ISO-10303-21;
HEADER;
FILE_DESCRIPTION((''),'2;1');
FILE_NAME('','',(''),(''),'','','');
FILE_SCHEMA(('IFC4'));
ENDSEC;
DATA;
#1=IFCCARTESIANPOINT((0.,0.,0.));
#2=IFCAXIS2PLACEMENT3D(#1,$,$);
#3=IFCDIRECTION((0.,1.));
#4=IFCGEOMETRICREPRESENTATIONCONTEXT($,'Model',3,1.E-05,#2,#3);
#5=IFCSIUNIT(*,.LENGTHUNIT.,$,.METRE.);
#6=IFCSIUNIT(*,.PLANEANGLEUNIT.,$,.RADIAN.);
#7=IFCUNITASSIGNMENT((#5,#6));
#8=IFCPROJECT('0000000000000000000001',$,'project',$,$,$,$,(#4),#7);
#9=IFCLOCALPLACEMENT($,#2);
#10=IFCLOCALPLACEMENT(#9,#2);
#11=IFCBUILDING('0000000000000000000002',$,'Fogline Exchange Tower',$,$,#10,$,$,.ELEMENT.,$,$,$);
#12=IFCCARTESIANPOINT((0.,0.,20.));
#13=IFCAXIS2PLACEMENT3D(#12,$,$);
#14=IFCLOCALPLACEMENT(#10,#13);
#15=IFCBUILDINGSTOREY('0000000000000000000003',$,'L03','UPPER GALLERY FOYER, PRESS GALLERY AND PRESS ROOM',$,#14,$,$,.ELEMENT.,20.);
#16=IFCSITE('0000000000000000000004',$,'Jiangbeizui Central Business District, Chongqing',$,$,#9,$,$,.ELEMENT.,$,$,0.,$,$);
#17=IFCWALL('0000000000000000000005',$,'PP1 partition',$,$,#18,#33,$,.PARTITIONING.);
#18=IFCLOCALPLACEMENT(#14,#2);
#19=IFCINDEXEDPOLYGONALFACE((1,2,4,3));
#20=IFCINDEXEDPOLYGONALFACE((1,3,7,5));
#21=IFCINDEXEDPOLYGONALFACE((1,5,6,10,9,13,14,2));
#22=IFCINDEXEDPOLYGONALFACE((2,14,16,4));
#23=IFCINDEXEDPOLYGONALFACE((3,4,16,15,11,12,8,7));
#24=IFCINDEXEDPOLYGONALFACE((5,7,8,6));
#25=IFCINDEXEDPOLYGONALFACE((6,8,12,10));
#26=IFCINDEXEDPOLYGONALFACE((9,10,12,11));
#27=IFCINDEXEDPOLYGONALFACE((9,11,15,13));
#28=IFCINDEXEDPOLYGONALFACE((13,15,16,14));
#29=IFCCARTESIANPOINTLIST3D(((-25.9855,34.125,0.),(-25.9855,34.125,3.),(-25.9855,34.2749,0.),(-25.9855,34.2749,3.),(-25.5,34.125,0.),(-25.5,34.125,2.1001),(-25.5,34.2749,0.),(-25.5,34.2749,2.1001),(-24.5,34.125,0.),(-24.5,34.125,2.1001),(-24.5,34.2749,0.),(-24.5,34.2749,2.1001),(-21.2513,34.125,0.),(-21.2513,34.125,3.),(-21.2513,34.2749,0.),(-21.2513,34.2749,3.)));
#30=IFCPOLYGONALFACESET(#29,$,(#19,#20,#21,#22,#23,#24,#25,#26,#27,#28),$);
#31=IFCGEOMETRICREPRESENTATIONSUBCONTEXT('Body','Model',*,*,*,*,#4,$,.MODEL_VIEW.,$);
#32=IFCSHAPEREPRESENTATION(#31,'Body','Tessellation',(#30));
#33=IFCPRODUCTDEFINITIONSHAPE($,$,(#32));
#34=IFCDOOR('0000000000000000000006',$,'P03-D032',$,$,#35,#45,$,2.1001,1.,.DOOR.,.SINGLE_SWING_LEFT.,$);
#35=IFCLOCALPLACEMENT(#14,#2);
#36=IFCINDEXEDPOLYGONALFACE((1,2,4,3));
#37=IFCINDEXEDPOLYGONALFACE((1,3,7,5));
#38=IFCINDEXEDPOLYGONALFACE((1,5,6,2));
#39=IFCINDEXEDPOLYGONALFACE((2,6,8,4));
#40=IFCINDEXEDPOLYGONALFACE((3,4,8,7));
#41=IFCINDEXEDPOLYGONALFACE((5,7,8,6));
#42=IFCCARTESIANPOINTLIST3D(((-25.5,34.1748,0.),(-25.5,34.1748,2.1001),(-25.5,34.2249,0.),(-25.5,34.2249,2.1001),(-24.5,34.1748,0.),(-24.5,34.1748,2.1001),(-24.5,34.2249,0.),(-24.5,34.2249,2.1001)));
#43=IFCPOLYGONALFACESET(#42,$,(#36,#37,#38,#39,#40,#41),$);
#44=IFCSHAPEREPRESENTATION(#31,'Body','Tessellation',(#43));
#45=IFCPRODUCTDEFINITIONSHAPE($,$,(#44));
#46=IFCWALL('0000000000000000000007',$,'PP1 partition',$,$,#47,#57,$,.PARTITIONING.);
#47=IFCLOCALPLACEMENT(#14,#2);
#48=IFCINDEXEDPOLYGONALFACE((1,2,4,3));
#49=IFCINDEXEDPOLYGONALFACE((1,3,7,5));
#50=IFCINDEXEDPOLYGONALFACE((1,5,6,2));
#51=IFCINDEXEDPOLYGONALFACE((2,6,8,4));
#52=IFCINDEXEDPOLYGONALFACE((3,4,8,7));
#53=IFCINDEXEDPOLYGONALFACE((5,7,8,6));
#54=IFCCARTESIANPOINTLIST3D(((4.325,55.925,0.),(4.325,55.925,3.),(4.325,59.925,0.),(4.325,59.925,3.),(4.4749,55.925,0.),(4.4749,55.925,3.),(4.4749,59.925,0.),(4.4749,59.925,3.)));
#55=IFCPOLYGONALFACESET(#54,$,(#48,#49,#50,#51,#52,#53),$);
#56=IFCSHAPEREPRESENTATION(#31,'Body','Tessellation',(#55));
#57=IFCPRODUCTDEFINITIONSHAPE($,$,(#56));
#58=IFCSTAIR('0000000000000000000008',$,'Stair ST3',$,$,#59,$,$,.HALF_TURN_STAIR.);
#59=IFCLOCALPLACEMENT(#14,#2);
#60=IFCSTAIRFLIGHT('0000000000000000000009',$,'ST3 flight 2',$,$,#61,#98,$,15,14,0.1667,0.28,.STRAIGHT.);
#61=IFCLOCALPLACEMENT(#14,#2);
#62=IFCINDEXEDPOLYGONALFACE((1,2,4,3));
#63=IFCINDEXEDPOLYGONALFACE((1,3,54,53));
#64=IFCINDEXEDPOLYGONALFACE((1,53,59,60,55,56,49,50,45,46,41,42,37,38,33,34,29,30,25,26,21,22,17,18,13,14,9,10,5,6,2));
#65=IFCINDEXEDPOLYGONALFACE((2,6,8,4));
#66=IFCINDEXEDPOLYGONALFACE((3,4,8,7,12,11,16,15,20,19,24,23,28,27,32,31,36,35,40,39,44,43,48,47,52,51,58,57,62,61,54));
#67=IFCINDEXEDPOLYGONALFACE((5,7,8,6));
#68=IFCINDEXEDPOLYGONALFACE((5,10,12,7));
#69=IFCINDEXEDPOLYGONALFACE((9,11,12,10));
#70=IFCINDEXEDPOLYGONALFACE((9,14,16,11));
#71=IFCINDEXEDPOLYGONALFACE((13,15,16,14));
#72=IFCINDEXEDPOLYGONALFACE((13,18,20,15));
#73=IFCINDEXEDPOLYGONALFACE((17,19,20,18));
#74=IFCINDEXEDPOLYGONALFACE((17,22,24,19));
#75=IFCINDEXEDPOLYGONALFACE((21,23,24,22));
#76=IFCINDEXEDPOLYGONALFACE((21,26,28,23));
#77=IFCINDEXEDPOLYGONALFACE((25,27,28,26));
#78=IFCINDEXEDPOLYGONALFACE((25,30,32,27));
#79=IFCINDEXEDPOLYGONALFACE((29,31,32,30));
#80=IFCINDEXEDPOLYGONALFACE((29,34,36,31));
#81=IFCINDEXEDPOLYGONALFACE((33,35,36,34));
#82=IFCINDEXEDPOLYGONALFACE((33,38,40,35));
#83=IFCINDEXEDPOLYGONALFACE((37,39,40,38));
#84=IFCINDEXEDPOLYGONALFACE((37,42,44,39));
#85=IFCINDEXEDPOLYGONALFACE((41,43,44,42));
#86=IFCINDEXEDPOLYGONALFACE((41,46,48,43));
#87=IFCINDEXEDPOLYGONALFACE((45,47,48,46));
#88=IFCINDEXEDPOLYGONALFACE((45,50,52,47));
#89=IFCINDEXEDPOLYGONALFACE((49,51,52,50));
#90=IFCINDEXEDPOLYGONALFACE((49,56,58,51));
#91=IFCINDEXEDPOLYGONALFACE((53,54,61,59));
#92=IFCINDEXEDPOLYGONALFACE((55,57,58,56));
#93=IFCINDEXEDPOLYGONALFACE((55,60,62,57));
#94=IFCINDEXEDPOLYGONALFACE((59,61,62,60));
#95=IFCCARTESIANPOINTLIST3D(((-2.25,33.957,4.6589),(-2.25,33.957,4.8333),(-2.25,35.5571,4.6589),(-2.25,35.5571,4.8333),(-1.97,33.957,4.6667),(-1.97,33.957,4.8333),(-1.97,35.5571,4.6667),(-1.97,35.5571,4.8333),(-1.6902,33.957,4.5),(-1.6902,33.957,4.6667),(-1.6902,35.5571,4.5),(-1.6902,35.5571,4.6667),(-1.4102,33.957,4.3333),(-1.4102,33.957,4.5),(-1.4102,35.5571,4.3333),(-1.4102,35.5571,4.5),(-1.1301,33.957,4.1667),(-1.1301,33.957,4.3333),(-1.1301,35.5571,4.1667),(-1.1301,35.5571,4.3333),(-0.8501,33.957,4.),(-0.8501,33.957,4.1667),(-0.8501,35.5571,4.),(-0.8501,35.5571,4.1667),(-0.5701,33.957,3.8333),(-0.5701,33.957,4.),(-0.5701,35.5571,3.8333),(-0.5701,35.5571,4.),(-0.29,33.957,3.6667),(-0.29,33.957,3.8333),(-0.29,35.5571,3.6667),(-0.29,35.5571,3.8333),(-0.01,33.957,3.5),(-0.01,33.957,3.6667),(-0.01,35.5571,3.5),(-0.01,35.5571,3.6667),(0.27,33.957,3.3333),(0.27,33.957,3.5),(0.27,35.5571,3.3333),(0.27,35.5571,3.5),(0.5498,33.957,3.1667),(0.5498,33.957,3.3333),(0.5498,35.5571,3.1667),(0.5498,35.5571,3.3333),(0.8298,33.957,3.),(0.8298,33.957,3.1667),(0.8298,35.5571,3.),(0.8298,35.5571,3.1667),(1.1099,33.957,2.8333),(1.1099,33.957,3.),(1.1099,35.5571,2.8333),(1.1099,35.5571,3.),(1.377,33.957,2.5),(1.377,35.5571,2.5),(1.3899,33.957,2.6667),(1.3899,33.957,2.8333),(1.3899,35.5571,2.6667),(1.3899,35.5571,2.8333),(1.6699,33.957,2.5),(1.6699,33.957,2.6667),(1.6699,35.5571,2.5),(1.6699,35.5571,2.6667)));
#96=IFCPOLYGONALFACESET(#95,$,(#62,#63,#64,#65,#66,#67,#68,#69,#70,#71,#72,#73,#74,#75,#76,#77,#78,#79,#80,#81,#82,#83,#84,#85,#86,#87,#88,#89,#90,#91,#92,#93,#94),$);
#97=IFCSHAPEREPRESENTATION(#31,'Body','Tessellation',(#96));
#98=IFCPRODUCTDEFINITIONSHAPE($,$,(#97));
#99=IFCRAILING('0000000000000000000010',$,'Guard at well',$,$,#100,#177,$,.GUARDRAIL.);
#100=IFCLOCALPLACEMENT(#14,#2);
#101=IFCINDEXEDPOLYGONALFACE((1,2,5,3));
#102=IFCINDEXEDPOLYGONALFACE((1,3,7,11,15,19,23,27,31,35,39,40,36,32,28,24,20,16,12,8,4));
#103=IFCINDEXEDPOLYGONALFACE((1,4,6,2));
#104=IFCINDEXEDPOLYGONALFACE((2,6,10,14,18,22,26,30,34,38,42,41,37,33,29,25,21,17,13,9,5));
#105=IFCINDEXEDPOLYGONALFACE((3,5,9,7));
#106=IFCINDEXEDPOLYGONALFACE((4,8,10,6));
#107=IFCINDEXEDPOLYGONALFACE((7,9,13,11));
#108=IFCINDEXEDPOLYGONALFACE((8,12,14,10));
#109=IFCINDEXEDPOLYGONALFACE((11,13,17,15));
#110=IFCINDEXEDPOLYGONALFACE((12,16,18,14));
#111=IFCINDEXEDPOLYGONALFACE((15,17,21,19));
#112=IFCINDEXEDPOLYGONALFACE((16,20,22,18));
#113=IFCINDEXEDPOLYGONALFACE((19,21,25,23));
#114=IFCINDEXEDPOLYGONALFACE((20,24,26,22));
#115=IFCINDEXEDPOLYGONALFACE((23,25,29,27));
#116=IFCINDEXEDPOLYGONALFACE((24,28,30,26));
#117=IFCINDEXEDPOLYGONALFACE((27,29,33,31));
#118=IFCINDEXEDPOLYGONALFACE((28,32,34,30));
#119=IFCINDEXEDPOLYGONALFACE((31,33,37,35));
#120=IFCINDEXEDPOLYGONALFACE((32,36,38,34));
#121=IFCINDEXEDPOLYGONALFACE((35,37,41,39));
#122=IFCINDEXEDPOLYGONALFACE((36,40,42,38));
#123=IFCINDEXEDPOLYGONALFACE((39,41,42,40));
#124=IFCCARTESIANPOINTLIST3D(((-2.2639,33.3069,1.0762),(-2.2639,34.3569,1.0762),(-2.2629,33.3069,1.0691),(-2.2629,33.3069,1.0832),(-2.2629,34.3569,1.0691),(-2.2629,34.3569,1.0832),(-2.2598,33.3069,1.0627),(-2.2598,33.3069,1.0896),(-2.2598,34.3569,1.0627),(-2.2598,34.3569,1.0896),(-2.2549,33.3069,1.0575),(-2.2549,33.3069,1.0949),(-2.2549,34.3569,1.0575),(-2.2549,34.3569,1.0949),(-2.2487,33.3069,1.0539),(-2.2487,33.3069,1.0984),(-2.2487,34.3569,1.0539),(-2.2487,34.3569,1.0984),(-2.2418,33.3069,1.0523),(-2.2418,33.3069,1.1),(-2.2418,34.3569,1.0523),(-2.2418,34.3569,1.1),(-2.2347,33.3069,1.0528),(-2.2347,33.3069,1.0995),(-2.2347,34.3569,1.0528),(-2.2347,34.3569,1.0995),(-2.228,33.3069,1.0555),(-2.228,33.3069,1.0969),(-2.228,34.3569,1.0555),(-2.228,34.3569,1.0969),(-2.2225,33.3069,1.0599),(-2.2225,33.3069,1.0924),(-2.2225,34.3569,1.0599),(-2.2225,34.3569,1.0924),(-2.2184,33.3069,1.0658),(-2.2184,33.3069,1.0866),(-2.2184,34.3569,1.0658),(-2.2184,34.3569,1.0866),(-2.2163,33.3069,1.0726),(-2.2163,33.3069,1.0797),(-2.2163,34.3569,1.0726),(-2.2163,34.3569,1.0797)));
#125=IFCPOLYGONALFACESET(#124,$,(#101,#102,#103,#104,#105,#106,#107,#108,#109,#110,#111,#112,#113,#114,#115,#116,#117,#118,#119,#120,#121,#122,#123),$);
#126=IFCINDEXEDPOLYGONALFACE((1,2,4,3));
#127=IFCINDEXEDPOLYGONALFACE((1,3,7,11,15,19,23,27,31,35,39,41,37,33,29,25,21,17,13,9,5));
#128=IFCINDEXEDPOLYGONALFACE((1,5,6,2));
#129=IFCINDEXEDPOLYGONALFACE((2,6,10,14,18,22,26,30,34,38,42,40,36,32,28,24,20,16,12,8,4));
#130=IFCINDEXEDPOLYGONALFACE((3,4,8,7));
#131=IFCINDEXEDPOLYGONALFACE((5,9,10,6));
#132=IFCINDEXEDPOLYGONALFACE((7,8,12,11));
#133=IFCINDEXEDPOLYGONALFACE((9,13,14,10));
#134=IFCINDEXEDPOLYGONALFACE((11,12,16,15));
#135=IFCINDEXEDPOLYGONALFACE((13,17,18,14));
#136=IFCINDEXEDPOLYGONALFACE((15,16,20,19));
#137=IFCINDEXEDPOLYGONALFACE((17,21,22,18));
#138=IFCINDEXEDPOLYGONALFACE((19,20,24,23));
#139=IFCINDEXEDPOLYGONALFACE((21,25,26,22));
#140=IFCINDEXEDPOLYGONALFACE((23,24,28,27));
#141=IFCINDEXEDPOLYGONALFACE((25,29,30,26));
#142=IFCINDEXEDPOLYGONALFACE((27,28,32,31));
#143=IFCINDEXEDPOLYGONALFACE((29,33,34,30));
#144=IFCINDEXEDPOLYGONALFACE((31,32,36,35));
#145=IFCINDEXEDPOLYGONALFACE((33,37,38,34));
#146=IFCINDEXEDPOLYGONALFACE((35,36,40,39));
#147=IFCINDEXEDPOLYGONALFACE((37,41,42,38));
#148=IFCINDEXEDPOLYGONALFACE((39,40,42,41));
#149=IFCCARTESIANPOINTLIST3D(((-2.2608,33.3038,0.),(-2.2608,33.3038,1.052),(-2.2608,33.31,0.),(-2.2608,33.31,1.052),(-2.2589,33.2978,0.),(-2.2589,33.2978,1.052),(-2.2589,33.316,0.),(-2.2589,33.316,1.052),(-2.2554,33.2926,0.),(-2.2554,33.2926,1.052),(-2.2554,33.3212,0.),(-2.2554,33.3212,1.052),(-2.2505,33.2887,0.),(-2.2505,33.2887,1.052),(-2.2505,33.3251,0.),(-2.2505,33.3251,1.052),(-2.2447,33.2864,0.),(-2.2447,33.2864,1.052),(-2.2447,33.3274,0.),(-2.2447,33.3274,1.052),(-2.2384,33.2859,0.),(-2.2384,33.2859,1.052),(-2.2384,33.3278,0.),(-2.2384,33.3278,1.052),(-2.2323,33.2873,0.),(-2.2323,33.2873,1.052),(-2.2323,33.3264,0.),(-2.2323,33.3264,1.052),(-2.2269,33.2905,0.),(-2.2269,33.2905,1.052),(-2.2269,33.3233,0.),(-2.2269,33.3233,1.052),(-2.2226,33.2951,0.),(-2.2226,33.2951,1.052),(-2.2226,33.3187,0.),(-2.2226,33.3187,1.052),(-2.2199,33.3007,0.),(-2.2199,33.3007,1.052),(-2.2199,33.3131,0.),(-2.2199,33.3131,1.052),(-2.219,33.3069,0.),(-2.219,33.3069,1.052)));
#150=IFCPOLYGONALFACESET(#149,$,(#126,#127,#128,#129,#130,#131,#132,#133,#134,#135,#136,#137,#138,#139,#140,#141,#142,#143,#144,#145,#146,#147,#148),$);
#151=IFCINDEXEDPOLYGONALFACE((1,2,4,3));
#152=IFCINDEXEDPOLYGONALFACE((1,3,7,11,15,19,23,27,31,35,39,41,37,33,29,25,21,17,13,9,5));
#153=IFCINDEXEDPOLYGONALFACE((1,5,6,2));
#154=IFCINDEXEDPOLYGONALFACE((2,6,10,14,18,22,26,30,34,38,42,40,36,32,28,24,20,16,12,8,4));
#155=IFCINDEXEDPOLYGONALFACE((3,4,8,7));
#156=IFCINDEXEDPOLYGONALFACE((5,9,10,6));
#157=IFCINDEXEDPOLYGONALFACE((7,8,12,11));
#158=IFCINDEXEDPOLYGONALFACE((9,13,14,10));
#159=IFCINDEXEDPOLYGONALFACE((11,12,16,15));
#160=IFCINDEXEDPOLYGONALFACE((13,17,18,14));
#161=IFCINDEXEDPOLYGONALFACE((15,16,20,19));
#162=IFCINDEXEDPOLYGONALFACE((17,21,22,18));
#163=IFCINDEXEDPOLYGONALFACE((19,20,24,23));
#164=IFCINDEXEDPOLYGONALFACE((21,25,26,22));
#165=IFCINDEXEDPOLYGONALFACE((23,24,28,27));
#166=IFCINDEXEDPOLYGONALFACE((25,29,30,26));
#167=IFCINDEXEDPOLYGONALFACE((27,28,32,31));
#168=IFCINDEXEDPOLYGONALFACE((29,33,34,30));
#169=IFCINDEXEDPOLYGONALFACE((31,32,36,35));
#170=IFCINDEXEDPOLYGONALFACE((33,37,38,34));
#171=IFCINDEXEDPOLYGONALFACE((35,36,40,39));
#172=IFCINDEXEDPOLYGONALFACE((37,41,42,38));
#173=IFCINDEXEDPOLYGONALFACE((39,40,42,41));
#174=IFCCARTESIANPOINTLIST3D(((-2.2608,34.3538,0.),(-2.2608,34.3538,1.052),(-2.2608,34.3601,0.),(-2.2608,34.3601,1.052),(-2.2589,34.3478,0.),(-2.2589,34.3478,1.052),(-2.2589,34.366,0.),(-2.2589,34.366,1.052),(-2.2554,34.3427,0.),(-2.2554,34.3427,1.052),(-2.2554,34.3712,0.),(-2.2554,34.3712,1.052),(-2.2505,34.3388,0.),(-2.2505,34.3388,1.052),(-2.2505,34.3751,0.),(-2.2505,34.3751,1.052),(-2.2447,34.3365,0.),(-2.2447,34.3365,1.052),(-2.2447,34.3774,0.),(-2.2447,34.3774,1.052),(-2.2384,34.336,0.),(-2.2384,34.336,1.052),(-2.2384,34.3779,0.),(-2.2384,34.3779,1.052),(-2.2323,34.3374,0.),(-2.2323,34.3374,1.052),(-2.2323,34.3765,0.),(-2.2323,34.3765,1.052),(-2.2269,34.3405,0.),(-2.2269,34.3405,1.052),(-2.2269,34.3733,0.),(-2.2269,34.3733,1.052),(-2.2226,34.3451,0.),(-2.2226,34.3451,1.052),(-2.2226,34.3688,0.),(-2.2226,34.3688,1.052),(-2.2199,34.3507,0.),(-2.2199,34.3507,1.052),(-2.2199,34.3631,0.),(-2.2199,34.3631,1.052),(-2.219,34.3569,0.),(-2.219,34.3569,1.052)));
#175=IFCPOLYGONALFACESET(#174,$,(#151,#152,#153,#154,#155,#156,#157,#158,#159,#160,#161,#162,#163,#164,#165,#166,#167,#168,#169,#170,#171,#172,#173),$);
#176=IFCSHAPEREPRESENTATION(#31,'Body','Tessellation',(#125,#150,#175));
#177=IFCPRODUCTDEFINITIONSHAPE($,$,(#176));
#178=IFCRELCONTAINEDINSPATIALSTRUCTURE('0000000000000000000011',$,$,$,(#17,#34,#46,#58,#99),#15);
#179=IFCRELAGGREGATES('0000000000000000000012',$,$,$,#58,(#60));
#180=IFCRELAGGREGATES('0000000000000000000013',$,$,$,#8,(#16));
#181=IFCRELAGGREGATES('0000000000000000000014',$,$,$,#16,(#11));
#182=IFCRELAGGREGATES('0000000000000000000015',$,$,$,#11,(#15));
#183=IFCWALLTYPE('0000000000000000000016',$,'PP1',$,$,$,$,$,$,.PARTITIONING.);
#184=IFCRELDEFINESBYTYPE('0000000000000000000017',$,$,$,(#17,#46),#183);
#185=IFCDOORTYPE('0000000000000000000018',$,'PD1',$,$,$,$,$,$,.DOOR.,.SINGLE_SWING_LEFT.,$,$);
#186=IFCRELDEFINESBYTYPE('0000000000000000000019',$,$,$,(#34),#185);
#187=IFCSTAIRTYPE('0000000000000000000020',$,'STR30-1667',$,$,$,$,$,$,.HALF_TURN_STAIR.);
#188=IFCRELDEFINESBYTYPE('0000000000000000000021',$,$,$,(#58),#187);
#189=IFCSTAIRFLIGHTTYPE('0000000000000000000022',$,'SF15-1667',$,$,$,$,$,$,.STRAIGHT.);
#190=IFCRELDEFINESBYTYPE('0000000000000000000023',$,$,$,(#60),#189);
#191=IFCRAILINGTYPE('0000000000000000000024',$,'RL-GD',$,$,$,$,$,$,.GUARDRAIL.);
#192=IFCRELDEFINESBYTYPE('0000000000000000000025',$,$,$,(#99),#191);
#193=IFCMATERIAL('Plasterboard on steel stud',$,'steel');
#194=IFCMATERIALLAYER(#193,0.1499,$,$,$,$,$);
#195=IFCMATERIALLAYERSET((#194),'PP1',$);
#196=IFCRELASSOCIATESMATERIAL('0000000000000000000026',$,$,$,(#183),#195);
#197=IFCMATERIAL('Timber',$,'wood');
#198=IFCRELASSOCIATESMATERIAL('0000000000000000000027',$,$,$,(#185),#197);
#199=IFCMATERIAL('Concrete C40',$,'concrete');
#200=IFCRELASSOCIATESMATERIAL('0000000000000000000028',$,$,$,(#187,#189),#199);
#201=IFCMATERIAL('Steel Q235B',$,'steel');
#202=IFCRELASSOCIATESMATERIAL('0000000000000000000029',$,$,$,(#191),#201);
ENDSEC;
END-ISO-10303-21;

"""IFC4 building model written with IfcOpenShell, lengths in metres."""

from ifc_helpers import new_model, si_unit, direction, frame, frame_2d, origin, origin_2d, place, context, subcontext, project, spatial, polyline, rectangle, circle, outline, extrude, material, layer, layer_set, type_object, element, fill, aggregate, save


model = new_model("IFC4")

# Units and contexts
model_context = context("Model", 3, precision=1e-05, world=origin(), true_north=direction((0.0, 1.0)))
body_context = subcontext(model_context, "Body", "Model", "MODEL_VIEW")
ifc_project = project(units=[si_unit("LENGTHUNIT", "METRE"), si_unit("PLANEANGLEUNIT", "RADIAN")], contexts=[model_context])

# Site, building, storey
site_placement = place(None, origin())
site = spatial("IfcSite", under=ifc_project, at=site_placement, Name="Jiangbeizui Central Business District, Chongqing", CompositionType="ELEMENT", RefElevation=0.0)
building_placement = place(site_placement, origin())
building = spatial("IfcBuilding", under=site, at=building_placement, Name="Fogline Exchange Tower", CompositionType="ELEMENT")
storey_placement = place(building_placement, frame((0.0, 0.0, 20.0)))
storey = spatial("IfcBuildingStorey", under=building, at=storey_placement, Name="L03", Description="UPPER GALLERY FOYER, PRESS GALLERY AND PRESS ROOM", CompositionType="ELEMENT", Elevation=20.0)

# Shared definitions
ifc_material_1 = material(Name="Concrete C40", Category="concrete")

# Wall, opening, door
ifc_material_2 = material(Name="Plasterboard on steel stud", Category="steel")
ifc_layer_1 = layer(ifc_material_2, 0.1499)
ifc_layer_set_1 = layer_set([ifc_layer_1], Name="PP1")
wall_type_1 = type_object("IfcWallType", Name="PP1", PredefinedType="PARTITIONING", material=ifc_layer_set_1)
wall_1_placement = place(storey_placement, frame((-25.9856, 34.2, 0.0), z_axis=(0.0, 0.0, 1.0), x_axis=(1.0, 0.0, 0.0)))
wall_1 = element("IfcWall", 1, at=wall_1_placement, inside=storey, type_object=wall_type_1, Name="PP1 partition", PredefinedType="PARTITIONING", context=body_context, shape_type="SweptSolid", body=[
    extrude(rectangle(XDim=4.7341, YDim=0.1499, at=frame_2d((2.3672, 0.0))), origin(), (0.0, 0.0, 1.0), 3.0),
])
opening_1_placement = place(wall_1_placement, frame((0.4856, 0.0, 0.0)))
opening_1 = element("IfcOpeningElement", 2, at=opening_1_placement, cuts=wall_1, PredefinedType="OPENING", context=body_context, shape_type="SweptSolid", body=[
    extrude(rectangle(XDim=1.0, YDim=2.1001, at=frame_2d((0.5, 1.05))), frame((0.0, 0.085, 0.0), z_axis=(0.0, -1.0, 0.0), x_axis=(1.0, 0.0, 0.0)), (0.0, 0.0, 1.0), 0.1699),
])
ifc_material_3 = material(Name="Timber", Category="wood")
door_type_1 = type_object("IfcDoorType", Name="PD1", OperationType="SINGLE_SWING_LEFT", PredefinedType="DOOR", material=ifc_material_3)
door_1_placement = place(opening_1_placement, origin())
door_1 = element("IfcDoor", 3, at=door_1_placement, inside=storey, type_object=door_type_1, Name="P03-D032", OperationType="SINGLE_SWING_LEFT", OverallHeight=2.1001, OverallWidth=1.0, PredefinedType="DOOR", context=body_context, shape_type="SweptSolid", body=[
    extrude(rectangle(XDim=1.0, YDim=2.1001, at=frame_2d((0.5, 1.05))), frame((0.0, 0.0249, 0.0), z_axis=(0.0, -1.0, 0.0), x_axis=(1.0, 0.0, 0.0)), (0.0, 0.0, 1.0), 0.05),
])
fill(opening_1, door_1)
ifc_material_4 = material(Name="Steel Q235B", Category="steel")

# Wall
wall_2_placement = place(storey_placement, frame((4.3999, 55.925, 0.0), z_axis=(0.0, 0.0, 1.0), x_axis=(0.0, 1.0, 0.0)))
element("IfcWall", 4, at=wall_2_placement, inside=storey, type_object=wall_type_1, Name="PP1 partition", PredefinedType="PARTITIONING", context=body_context, shape_type="SweptSolid", body=[
    extrude(rectangle(XDim=4.0, YDim=0.1499, at=frame_2d((2.0, 0.0))), origin(), (0.0, 0.0, 1.0), 3.0),
])

# Stair, stair flight
stair_type = type_object("IfcStairType", Name="STR30-1667", PredefinedType="HALF_TURN_STAIR", material=ifc_material_1)
stair_placement = place(storey_placement, origin())
stair = element("IfcStair", 5, at=stair_placement, inside=storey, type_object=stair_type, Name="Stair ST3", PredefinedType="HALF_TURN_STAIR")
stair_flight_type = type_object("IfcStairFlightType", Name="SF15-1667", PredefinedType="STRAIGHT", material=ifc_material_1)
stair_flight_placement = place(storey_placement, frame((1.6699, 34.7571, 2.5), z_axis=(0.0, 0.0, 1.0), x_axis=(-1.0, 0.0, 0.0)))
stair_flight = element("IfcStairFlight", 6, at=stair_flight_placement, type_object=stair_flight_type, Name="ST3 flight 2", NumberOfRisers=15, NumberOfTreads=14, PredefinedType="STRAIGHT", RiserHeight=0.1667, TreadLength=0.28, context=body_context, shape_type="SweptSolid", body=[
    extrude(outline(polyline([(0.0, 0.0), (0.0, 0.1667), (0.28, 0.1667), (0.28, 0.3333), (0.5601, 0.3333), (0.5601, 0.5), (0.8401, 0.5), (0.8401, 0.6667), (1.1201, 0.6667), (1.1201, 0.8333), (1.3999, 0.8333), (1.3999, 1.0), (1.6799, 1.0), (1.6799, 1.1667), (1.96, 1.1667), (1.96, 1.3333), (2.24, 1.3333), (2.24, 1.5), (2.52, 1.5), (2.52, 1.6667), (2.8, 1.6667), (2.8, 1.8333), (3.0801, 1.8333), (3.0801, 2.0), (3.3601, 2.0), (3.3601, 2.1667), (3.6399, 2.1667), (3.6399, 2.3333), (3.9199, 2.3333), (3.9199, 2.5), (3.9199, 2.1589), (0.293, 0.0), (0.0, 0.0)])), frame((0.0, 0.8, 0.0), z_axis=(0.0, -1.0, 0.0), x_axis=(1.0, 0.0, 0.0)), (0.0, 0.0, 1.0), 1.6001),
])
aggregate(stair, [stair_flight])

# Railing
railing_type_1 = type_object("IfcRailingType", Name="RL-GD", PredefinedType="GUARDRAIL", material=ifc_material_4)
railing_1_placement = place(storey_placement, frame((-2.24, 33.3069, 0.0)))
element("IfcRailing", 7, at=railing_1_placement, inside=storey, type_object=railing_type_1, Name="Guard at well", PredefinedType="GUARDRAIL", context=body_context, shape_type="SweptSolid", body=[
    extrude(circle(Radius=0.0239, at=origin_2d()), frame((0.0, 0.0, 1.0762), z_axis=(0.0, 1.0, 0.0), x_axis=(-1.0, 0.0, 0.0)), (0.0, 0.0, 1.0), 1.05),
    extrude(circle(Radius=0.021, at=origin_2d()), origin(), (0.0, 0.0, 1.0), 1.052),
    extrude(circle(Radius=0.021, at=origin_2d()), frame((0.0, 1.05, 0.0)), (0.0, 0.0, 1.0), 1.052),
])

save(model, "model.ifc")
